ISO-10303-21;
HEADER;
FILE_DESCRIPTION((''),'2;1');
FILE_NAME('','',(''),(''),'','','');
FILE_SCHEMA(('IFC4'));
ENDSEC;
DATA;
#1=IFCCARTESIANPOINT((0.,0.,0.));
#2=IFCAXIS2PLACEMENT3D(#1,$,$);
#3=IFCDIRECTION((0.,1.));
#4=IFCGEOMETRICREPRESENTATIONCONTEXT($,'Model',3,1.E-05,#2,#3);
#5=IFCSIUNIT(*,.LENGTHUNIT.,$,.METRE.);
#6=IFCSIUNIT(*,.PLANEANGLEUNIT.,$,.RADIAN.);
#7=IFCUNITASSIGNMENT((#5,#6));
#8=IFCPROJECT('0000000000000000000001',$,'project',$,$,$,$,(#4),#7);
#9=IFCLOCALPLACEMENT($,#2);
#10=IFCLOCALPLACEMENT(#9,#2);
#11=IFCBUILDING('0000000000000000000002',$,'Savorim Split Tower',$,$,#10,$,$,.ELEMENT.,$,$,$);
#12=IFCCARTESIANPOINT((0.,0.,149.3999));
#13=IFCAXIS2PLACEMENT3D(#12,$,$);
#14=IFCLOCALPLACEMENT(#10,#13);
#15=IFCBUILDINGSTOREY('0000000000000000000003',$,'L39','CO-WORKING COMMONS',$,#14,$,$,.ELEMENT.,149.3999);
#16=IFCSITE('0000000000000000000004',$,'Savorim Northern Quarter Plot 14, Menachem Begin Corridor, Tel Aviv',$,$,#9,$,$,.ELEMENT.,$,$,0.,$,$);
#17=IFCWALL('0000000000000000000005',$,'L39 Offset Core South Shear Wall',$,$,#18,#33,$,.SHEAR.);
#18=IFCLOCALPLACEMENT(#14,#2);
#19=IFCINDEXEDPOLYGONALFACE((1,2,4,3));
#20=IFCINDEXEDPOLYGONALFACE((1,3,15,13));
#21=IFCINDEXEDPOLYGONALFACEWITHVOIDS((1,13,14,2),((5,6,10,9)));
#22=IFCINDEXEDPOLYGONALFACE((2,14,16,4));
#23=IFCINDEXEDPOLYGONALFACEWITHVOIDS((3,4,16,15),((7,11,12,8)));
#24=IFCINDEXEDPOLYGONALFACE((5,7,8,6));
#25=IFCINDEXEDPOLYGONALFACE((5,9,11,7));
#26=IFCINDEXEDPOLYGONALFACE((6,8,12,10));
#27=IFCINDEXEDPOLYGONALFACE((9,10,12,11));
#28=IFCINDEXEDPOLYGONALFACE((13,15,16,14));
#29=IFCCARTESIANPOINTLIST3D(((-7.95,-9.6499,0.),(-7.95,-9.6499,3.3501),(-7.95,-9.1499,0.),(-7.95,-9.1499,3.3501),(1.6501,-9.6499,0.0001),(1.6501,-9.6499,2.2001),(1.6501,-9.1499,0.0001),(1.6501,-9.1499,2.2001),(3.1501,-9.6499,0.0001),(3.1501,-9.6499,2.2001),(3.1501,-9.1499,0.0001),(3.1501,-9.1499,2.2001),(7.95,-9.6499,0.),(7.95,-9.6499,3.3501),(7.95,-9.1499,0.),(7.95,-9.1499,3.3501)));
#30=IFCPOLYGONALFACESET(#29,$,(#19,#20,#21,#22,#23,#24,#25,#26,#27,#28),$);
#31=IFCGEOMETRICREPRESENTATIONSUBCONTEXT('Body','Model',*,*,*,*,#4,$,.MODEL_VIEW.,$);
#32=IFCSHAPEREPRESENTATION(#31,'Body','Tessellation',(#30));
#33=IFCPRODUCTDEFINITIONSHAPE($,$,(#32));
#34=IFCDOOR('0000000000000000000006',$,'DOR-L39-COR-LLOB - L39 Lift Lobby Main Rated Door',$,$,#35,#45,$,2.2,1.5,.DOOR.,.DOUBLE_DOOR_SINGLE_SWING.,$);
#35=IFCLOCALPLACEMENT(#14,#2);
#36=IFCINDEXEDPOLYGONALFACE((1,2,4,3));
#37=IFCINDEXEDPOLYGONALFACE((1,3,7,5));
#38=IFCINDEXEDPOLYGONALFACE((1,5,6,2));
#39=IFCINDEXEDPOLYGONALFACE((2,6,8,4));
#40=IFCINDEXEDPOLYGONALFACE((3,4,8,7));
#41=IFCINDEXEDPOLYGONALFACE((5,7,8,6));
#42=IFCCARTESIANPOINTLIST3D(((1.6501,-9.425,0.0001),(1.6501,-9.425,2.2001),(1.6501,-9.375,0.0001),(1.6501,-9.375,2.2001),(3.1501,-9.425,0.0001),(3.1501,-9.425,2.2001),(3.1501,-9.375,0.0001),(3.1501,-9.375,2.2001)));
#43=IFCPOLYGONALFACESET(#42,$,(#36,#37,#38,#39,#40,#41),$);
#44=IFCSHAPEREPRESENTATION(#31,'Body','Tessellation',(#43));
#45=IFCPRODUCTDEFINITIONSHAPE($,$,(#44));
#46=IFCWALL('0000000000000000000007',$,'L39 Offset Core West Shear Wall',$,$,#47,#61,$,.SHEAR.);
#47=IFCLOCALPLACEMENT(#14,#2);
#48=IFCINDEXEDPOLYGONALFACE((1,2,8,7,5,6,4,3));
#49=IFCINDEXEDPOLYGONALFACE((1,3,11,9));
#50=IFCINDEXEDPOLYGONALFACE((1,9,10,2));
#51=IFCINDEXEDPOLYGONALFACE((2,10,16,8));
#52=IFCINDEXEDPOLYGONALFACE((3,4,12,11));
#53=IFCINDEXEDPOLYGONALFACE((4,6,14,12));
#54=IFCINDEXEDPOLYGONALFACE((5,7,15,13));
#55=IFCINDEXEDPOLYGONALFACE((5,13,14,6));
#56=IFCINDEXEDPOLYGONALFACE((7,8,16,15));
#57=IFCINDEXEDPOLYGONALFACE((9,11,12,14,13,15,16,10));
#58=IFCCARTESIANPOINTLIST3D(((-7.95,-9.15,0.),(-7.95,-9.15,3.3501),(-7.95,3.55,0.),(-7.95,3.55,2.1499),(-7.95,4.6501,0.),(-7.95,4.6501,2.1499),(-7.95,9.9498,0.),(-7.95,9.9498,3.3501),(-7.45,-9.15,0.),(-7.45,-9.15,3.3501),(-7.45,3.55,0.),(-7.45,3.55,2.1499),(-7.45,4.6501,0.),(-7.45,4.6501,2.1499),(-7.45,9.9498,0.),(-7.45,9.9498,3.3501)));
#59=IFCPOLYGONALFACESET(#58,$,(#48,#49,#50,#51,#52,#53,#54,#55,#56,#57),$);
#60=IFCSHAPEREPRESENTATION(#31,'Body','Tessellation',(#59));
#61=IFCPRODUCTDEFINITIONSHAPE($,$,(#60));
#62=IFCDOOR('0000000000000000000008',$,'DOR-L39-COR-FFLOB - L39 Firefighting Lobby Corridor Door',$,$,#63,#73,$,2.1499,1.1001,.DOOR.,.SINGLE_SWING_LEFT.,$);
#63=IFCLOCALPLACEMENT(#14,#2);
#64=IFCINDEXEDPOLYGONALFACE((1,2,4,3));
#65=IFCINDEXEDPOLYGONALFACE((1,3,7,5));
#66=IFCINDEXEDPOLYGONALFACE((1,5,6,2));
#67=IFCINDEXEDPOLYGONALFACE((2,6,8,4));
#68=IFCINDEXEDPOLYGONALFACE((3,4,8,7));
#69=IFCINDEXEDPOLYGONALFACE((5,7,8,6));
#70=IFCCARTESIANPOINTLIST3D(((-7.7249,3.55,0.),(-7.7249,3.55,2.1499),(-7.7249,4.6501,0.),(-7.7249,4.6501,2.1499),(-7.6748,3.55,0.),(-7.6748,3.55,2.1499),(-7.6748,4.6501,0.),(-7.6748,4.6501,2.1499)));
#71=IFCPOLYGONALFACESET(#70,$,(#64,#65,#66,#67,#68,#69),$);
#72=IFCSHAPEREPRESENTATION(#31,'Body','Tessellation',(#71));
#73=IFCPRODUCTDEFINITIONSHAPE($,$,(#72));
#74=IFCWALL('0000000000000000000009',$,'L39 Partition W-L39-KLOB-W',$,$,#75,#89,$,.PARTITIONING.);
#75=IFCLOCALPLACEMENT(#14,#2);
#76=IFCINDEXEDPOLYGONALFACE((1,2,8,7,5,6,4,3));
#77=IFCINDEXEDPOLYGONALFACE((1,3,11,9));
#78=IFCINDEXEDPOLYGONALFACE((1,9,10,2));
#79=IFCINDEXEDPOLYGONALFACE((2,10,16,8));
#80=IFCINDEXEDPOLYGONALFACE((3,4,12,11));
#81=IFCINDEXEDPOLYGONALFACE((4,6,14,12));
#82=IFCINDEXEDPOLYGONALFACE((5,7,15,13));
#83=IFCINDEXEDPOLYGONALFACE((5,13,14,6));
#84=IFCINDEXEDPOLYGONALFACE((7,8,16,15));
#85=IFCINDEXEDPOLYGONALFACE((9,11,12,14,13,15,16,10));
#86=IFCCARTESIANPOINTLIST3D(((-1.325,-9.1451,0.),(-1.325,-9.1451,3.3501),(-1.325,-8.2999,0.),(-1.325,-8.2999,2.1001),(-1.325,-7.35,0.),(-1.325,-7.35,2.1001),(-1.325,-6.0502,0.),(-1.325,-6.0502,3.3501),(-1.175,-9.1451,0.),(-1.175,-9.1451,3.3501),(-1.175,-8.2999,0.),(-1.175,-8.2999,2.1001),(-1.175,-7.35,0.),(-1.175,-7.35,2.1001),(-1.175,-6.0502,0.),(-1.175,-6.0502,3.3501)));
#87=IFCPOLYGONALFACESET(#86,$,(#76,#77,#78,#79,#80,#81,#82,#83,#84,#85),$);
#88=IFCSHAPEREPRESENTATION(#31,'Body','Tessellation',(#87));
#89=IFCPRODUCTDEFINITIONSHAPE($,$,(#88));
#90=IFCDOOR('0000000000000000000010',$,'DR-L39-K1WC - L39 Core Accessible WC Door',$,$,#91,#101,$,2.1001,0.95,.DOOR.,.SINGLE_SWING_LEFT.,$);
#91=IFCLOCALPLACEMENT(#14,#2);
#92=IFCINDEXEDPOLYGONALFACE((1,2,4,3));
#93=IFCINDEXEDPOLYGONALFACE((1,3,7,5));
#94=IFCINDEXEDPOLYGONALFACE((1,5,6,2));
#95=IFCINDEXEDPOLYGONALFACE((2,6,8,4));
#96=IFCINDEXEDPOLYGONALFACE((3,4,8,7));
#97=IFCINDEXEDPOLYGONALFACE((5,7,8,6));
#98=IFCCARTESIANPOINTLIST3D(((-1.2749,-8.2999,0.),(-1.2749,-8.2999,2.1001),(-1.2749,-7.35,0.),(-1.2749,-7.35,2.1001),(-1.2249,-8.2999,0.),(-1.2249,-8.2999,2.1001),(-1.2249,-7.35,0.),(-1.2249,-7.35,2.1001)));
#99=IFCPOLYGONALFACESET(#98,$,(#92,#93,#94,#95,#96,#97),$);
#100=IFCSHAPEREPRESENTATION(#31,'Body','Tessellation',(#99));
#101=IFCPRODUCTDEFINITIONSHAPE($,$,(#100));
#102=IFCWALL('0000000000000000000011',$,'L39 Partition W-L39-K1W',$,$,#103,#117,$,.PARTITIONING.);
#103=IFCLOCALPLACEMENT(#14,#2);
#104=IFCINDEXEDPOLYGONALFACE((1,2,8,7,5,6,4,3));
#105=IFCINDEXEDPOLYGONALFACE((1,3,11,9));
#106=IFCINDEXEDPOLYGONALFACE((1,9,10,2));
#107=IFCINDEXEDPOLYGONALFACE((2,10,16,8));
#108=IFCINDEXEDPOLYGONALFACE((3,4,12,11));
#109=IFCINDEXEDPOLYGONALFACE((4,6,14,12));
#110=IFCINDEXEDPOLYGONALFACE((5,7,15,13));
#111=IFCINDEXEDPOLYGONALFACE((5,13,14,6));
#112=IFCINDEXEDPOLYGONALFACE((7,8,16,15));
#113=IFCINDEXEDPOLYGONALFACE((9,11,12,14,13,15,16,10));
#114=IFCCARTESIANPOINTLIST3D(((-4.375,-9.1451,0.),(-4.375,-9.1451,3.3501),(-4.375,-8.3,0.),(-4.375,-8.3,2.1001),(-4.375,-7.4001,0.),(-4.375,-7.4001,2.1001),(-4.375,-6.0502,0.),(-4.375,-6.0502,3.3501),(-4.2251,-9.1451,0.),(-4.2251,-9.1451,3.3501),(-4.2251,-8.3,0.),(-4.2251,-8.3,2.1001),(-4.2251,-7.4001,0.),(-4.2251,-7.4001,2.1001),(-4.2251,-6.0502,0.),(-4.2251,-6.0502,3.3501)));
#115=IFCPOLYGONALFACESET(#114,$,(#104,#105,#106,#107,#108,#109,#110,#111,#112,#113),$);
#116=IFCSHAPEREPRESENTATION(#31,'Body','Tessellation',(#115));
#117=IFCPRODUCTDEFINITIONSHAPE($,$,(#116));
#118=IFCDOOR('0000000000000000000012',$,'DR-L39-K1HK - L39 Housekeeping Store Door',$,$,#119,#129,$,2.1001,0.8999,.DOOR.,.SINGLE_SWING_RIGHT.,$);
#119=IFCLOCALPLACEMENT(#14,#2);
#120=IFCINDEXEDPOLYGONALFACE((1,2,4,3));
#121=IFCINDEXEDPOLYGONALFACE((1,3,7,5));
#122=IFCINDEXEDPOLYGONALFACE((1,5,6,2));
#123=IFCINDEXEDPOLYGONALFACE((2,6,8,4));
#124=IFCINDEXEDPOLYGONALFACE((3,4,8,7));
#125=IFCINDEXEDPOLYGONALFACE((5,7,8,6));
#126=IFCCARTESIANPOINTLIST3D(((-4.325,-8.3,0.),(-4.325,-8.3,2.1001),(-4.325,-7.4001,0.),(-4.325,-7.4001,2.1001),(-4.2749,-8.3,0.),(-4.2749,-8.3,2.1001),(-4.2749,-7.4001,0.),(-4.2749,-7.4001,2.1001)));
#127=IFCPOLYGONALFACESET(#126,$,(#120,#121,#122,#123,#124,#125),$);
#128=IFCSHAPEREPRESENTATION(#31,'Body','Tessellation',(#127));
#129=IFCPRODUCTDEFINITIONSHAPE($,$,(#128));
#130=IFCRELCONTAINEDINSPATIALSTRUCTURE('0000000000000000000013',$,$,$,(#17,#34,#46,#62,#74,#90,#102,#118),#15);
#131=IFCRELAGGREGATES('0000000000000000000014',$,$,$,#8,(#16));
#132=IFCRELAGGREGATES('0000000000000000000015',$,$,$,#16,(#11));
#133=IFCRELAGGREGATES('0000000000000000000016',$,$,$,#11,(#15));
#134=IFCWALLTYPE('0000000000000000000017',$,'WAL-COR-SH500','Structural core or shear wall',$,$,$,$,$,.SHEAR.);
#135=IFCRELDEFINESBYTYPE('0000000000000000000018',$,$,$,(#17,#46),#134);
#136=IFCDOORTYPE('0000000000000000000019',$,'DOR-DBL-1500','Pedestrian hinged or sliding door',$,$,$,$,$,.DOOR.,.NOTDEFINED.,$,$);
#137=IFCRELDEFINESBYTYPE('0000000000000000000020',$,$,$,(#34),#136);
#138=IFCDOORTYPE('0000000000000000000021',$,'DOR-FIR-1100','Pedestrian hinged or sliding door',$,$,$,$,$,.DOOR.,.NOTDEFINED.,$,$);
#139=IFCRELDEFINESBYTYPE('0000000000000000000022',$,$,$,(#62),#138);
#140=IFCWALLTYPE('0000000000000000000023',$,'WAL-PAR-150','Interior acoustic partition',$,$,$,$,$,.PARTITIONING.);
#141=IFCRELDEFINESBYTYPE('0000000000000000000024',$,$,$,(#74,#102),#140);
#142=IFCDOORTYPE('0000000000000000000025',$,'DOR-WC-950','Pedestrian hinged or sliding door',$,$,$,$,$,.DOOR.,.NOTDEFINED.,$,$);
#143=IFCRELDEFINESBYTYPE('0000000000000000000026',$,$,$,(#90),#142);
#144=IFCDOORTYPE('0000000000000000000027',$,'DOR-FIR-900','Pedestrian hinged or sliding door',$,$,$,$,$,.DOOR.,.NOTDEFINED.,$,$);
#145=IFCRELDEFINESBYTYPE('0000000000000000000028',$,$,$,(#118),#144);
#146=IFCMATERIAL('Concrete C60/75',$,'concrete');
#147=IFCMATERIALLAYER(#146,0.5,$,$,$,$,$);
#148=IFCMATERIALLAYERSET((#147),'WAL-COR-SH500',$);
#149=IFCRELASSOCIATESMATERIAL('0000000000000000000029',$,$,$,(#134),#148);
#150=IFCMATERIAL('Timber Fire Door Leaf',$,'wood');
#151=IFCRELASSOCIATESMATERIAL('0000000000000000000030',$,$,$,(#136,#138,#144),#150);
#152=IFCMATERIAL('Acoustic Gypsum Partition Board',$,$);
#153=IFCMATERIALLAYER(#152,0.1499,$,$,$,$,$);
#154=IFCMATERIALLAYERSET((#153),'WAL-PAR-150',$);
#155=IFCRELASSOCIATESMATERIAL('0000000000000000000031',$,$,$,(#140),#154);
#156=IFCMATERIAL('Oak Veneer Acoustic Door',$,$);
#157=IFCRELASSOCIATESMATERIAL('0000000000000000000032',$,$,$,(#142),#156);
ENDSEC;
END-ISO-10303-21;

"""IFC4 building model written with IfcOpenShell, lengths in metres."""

from ifc_helpers import new_model, si_unit, direction, frame, frame_2d, origin, place, context, subcontext, project, spatial, rectangle, extrude, material, layer, layer_set, type_object, element, fill, save


model = new_model("IFC4")

# Units and contexts
model_context = context("Model", 3, precision=1e-05, world=origin(), true_north=direction((0.0, 1.0)))
body_context = subcontext(model_context, "Body", "Model", "MODEL_VIEW")
ifc_project = project(units=[si_unit("LENGTHUNIT", "METRE"), si_unit("PLANEANGLEUNIT", "RADIAN")], contexts=[model_context])

# Site, building, storey
site_placement = place(None, origin())
site = spatial("IfcSite", under=ifc_project, at=site_placement, Name="Savorim Northern Quarter Plot 14, Menachem Begin Corridor, Tel Aviv", CompositionType="ELEMENT", RefElevation=0.0)
building_placement = place(site_placement, origin())
building = spatial("IfcBuilding", under=site, at=building_placement, Name="Savorim Split Tower", CompositionType="ELEMENT")
storey_placement = place(building_placement, frame((0.0, 0.0, 149.3999)))
storey = spatial("IfcBuildingStorey", under=building, at=storey_placement, Name="L39", Description="CO-WORKING COMMONS", CompositionType="ELEMENT", Elevation=149.3999)

# Walls, openings, doors
ifc_material_1 = material(Name="Concrete C60/75", Category="concrete")
ifc_layer_1 = layer(ifc_material_1, 0.5)
ifc_layer_set_1 = layer_set([ifc_layer_1], Name="WAL-COR-SH500")
wall_type_1 = type_object("IfcWallType", Name="WAL-COR-SH500", Description="Structural core or shear wall", PredefinedType="SHEAR", material=ifc_layer_set_1)
wall_1_placement = place(storey_placement, frame((-7.95, -9.3999, 0.0), z_axis=(0.0, 0.0, 1.0), x_axis=(1.0, 0.0, 0.0)))
wall_1 = element("IfcWall", 1, at=wall_1_placement, inside=storey, type_object=wall_type_1, Name="L39 Offset Core South Shear Wall", PredefinedType="SHEAR", context=body_context, shape_type="SweptSolid", body=[
    extrude(rectangle(XDim=15.8999, YDim=0.5, at=frame_2d((7.95, 0.0))), origin(), (0.0, 0.0, 1.0), 3.3501),
])
opening_1_placement = place(wall_1_placement, frame((9.6001, 0.0, 0.0)))
opening_1 = element("IfcOpeningElement", 2, at=opening_1_placement, cuts=wall_1, PredefinedType="OPENING", context=body_context, shape_type="SweptSolid", body=[
    extrude(rectangle(XDim=1.5, YDim=2.2, at=frame_2d((0.75, 1.1001))), frame((0.0, 0.26, 0.0), z_axis=(0.0, -1.0, 0.0), x_axis=(1.0, 0.0, 0.0)), (0.0, 0.0, 1.0), 0.52),
])
ifc_material_2 = material(Name="Timber Fire Door Leaf", Category="wood")
door_type_1 = type_object("IfcDoorType", Name="DOR-DBL-1500", Description="Pedestrian hinged or sliding door", OperationType="NOTDEFINED", PredefinedType="DOOR", material=ifc_material_2)
door_1_placement = place(opening_1_placement, origin())
door_1 = element("IfcDoor", 3, at=door_1_placement, inside=storey, type_object=door_type_1, Name="DOR-L39-COR-LLOB - L39 Lift Lobby Main Rated Door", OperationType="DOUBLE_DOOR_SINGLE_SWING", OverallHeight=2.2, OverallWidth=1.5, PredefinedType="DOOR", context=body_context, shape_type="SweptSolid", body=[
    extrude(rectangle(XDim=1.5, YDim=2.2, at=frame_2d((0.75, 1.1001))), frame((0.0, 0.0249, 0.0), z_axis=(0.0, -1.0, 0.0), x_axis=(1.0, 0.0, 0.0)), (0.0, 0.0, 1.0), 0.05),
])
fill(opening_1, door_1)
wall_2_placement = place(storey_placement, frame((-7.7, -9.1499, 0.0), z_axis=(0.0, 0.0, 1.0), x_axis=(0.0, 1.0, 0.0)))
wall_2 = element("IfcWall", 4, at=wall_2_placement, inside=storey, type_object=wall_type_1, Name="L39 Offset Core West Shear Wall", PredefinedType="SHEAR", context=body_context, shape_type="SweptSolid", body=[
    extrude(rectangle(XDim=19.0999, YDim=0.5, at=frame_2d((9.5498, 0.0))), origin(), (0.0, 0.0, 1.0), 3.3501),
])
opening_2_placement = place(wall_2_placement, frame((12.7, 0.0, 0.0)))
opening_2 = element("IfcOpeningElement", 5, at=opening_2_placement, cuts=wall_2, PredefinedType="OPENING", context=body_context, shape_type="SweptSolid", body=[
    extrude(rectangle(XDim=1.1001, YDim=2.1499, at=frame_2d((0.55, 1.075))), frame((0.0, 0.26, 0.0), z_axis=(0.0, -1.0, 0.0), x_axis=(1.0, 0.0, 0.0)), (0.0, 0.0, 1.0), 0.52),
])
door_type_2 = type_object("IfcDoorType", Name="DOR-FIR-1100", Description="Pedestrian hinged or sliding door", OperationType="NOTDEFINED", PredefinedType="DOOR", material=ifc_material_2)
door_2_placement = place(opening_2_placement, origin())
door_2 = element("IfcDoor", 6, at=door_2_placement, inside=storey, type_object=door_type_2, Name="DOR-L39-COR-FFLOB - L39 Firefighting Lobby Corridor Door", OperationType="SINGLE_SWING_LEFT", OverallHeight=2.1499, OverallWidth=1.1001, PredefinedType="DOOR", context=body_context, shape_type="SweptSolid", body=[
    extrude(rectangle(XDim=1.1001, YDim=2.1499, at=frame_2d((0.55, 1.075))), frame((0.0, 0.0249, 0.0), z_axis=(0.0, -1.0, 0.0), x_axis=(1.0, 0.0, 0.0)), (0.0, 0.0, 1.0), 0.05),
])
fill(opening_2, door_2)
ifc_material_3 = material(Name="Acoustic Gypsum Partition Board")
ifc_layer_2 = layer(ifc_material_3, 0.1499)
ifc_layer_set_2 = layer_set([ifc_layer_2], Name="WAL-PAR-150")
wall_type_2 = type_object("IfcWallType", Name="WAL-PAR-150", Description="Interior acoustic partition", PredefinedType="PARTITIONING", material=ifc_layer_set_2)
wall_3_placement = place(storey_placement, frame((-1.25, -9.145, 0.0), z_axis=(0.0, 0.0, 1.0), x_axis=(0.0, 1.0, 0.0)))
wall_3 = element("IfcWall", 7, at=wall_3_placement, inside=storey, type_object=wall_type_2, Name="L39 Partition W-L39-KLOB-W", PredefinedType="PARTITIONING", context=body_context, shape_type="SweptSolid", body=[
    extrude(rectangle(XDim=3.095, YDim=0.1499, at=frame_2d((1.5474, 0.0))), origin(), (0.0, 0.0, 1.0), 3.3501),
])
opening_3_placement = place(wall_3_placement, frame((0.845, 0.0, 0.0)))
opening_3 = element("IfcOpeningElement", 8, at=opening_3_placement, cuts=wall_3, PredefinedType="OPENING", context=body_context, shape_type="SweptSolid", body=[
    extrude(rectangle(XDim=0.95, YDim=2.1001, at=frame_2d((0.4751, 1.05))), frame((0.0, 0.085, 0.0), z_axis=(0.0, -1.0, 0.0), x_axis=(1.0, 0.0, 0.0)), (0.0, 0.0, 1.0), 0.1699),
])
ifc_material_4 = material(Name="Oak Veneer Acoustic Door")
door_type_3 = type_object("IfcDoorType", Name="DOR-WC-950", Description="Pedestrian hinged or sliding door", OperationType="NOTDEFINED", PredefinedType="DOOR", material=ifc_material_4)
door_3_placement = place(opening_3_placement, origin())
door_3 = element("IfcDoor", 9, at=door_3_placement, inside=storey, type_object=door_type_3, Name="DR-L39-K1WC - L39 Core Accessible WC Door", OperationType="SINGLE_SWING_LEFT", OverallHeight=2.1001, OverallWidth=0.95, PredefinedType="DOOR", context=body_context, shape_type="SweptSolid", body=[
    extrude(rectangle(XDim=0.95, YDim=2.1001, at=frame_2d((0.4751, 1.05))), frame((0.0, 0.0249, 0.0), z_axis=(0.0, -1.0, 0.0), x_axis=(1.0, 0.0, 0.0)), (0.0, 0.0, 1.0), 0.05),
])
fill(opening_3, door_3)
wall_4_placement = place(storey_placement, frame((-4.3, -9.145, 0.0), z_axis=(0.0, 0.0, 1.0), x_axis=(0.0, 1.0, 0.0)))
wall_4 = element("IfcWall", 10, at=wall_4_placement, inside=storey, type_object=wall_type_2, Name="L39 Partition W-L39-K1W", PredefinedType="PARTITIONING", context=body_context, shape_type="SweptSolid", body=[
    extrude(rectangle(XDim=3.095, YDim=0.1499, at=frame_2d((1.5474, 0.0))), origin(), (0.0, 0.0, 1.0), 3.3501),
])
opening_4_placement = place(wall_4_placement, frame((0.845, 0.0, 0.0)))
opening_4 = element("IfcOpeningElement", 11, at=opening_4_placement, cuts=wall_4, PredefinedType="OPENING", context=body_context, shape_type="SweptSolid", body=[
    extrude(rectangle(XDim=0.8999, YDim=2.1001, at=frame_2d((0.45, 1.05))), frame((0.0, 0.085, 0.0), z_axis=(0.0, -1.0, 0.0), x_axis=(1.0, 0.0, 0.0)), (0.0, 0.0, 1.0), 0.1699),
])
door_type_4 = type_object("IfcDoorType", Name="DOR-FIR-900", Description="Pedestrian hinged or sliding door", OperationType="NOTDEFINED", PredefinedType="DOOR", material=ifc_material_2)
door_4_placement = place(opening_4_placement, origin())
door_4 = element("IfcDoor", 12, at=door_4_placement, inside=storey, type_object=door_type_4, Name="DR-L39-K1HK - L39 Housekeeping Store Door", OperationType="SINGLE_SWING_RIGHT", OverallHeight=2.1001, OverallWidth=0.8999, PredefinedType="DOOR", context=body_context, shape_type="SweptSolid", body=[
    extrude(rectangle(XDim=0.8999, YDim=2.1001, at=frame_2d((0.45, 1.05))), frame((0.0, 0.0249, 0.0), z_axis=(0.0, -1.0, 0.0), x_axis=(1.0, 0.0, 0.0)), (0.0, 0.0, 1.0), 0.05),
])
fill(opening_4, door_4)

save(model, "model.ifc")
